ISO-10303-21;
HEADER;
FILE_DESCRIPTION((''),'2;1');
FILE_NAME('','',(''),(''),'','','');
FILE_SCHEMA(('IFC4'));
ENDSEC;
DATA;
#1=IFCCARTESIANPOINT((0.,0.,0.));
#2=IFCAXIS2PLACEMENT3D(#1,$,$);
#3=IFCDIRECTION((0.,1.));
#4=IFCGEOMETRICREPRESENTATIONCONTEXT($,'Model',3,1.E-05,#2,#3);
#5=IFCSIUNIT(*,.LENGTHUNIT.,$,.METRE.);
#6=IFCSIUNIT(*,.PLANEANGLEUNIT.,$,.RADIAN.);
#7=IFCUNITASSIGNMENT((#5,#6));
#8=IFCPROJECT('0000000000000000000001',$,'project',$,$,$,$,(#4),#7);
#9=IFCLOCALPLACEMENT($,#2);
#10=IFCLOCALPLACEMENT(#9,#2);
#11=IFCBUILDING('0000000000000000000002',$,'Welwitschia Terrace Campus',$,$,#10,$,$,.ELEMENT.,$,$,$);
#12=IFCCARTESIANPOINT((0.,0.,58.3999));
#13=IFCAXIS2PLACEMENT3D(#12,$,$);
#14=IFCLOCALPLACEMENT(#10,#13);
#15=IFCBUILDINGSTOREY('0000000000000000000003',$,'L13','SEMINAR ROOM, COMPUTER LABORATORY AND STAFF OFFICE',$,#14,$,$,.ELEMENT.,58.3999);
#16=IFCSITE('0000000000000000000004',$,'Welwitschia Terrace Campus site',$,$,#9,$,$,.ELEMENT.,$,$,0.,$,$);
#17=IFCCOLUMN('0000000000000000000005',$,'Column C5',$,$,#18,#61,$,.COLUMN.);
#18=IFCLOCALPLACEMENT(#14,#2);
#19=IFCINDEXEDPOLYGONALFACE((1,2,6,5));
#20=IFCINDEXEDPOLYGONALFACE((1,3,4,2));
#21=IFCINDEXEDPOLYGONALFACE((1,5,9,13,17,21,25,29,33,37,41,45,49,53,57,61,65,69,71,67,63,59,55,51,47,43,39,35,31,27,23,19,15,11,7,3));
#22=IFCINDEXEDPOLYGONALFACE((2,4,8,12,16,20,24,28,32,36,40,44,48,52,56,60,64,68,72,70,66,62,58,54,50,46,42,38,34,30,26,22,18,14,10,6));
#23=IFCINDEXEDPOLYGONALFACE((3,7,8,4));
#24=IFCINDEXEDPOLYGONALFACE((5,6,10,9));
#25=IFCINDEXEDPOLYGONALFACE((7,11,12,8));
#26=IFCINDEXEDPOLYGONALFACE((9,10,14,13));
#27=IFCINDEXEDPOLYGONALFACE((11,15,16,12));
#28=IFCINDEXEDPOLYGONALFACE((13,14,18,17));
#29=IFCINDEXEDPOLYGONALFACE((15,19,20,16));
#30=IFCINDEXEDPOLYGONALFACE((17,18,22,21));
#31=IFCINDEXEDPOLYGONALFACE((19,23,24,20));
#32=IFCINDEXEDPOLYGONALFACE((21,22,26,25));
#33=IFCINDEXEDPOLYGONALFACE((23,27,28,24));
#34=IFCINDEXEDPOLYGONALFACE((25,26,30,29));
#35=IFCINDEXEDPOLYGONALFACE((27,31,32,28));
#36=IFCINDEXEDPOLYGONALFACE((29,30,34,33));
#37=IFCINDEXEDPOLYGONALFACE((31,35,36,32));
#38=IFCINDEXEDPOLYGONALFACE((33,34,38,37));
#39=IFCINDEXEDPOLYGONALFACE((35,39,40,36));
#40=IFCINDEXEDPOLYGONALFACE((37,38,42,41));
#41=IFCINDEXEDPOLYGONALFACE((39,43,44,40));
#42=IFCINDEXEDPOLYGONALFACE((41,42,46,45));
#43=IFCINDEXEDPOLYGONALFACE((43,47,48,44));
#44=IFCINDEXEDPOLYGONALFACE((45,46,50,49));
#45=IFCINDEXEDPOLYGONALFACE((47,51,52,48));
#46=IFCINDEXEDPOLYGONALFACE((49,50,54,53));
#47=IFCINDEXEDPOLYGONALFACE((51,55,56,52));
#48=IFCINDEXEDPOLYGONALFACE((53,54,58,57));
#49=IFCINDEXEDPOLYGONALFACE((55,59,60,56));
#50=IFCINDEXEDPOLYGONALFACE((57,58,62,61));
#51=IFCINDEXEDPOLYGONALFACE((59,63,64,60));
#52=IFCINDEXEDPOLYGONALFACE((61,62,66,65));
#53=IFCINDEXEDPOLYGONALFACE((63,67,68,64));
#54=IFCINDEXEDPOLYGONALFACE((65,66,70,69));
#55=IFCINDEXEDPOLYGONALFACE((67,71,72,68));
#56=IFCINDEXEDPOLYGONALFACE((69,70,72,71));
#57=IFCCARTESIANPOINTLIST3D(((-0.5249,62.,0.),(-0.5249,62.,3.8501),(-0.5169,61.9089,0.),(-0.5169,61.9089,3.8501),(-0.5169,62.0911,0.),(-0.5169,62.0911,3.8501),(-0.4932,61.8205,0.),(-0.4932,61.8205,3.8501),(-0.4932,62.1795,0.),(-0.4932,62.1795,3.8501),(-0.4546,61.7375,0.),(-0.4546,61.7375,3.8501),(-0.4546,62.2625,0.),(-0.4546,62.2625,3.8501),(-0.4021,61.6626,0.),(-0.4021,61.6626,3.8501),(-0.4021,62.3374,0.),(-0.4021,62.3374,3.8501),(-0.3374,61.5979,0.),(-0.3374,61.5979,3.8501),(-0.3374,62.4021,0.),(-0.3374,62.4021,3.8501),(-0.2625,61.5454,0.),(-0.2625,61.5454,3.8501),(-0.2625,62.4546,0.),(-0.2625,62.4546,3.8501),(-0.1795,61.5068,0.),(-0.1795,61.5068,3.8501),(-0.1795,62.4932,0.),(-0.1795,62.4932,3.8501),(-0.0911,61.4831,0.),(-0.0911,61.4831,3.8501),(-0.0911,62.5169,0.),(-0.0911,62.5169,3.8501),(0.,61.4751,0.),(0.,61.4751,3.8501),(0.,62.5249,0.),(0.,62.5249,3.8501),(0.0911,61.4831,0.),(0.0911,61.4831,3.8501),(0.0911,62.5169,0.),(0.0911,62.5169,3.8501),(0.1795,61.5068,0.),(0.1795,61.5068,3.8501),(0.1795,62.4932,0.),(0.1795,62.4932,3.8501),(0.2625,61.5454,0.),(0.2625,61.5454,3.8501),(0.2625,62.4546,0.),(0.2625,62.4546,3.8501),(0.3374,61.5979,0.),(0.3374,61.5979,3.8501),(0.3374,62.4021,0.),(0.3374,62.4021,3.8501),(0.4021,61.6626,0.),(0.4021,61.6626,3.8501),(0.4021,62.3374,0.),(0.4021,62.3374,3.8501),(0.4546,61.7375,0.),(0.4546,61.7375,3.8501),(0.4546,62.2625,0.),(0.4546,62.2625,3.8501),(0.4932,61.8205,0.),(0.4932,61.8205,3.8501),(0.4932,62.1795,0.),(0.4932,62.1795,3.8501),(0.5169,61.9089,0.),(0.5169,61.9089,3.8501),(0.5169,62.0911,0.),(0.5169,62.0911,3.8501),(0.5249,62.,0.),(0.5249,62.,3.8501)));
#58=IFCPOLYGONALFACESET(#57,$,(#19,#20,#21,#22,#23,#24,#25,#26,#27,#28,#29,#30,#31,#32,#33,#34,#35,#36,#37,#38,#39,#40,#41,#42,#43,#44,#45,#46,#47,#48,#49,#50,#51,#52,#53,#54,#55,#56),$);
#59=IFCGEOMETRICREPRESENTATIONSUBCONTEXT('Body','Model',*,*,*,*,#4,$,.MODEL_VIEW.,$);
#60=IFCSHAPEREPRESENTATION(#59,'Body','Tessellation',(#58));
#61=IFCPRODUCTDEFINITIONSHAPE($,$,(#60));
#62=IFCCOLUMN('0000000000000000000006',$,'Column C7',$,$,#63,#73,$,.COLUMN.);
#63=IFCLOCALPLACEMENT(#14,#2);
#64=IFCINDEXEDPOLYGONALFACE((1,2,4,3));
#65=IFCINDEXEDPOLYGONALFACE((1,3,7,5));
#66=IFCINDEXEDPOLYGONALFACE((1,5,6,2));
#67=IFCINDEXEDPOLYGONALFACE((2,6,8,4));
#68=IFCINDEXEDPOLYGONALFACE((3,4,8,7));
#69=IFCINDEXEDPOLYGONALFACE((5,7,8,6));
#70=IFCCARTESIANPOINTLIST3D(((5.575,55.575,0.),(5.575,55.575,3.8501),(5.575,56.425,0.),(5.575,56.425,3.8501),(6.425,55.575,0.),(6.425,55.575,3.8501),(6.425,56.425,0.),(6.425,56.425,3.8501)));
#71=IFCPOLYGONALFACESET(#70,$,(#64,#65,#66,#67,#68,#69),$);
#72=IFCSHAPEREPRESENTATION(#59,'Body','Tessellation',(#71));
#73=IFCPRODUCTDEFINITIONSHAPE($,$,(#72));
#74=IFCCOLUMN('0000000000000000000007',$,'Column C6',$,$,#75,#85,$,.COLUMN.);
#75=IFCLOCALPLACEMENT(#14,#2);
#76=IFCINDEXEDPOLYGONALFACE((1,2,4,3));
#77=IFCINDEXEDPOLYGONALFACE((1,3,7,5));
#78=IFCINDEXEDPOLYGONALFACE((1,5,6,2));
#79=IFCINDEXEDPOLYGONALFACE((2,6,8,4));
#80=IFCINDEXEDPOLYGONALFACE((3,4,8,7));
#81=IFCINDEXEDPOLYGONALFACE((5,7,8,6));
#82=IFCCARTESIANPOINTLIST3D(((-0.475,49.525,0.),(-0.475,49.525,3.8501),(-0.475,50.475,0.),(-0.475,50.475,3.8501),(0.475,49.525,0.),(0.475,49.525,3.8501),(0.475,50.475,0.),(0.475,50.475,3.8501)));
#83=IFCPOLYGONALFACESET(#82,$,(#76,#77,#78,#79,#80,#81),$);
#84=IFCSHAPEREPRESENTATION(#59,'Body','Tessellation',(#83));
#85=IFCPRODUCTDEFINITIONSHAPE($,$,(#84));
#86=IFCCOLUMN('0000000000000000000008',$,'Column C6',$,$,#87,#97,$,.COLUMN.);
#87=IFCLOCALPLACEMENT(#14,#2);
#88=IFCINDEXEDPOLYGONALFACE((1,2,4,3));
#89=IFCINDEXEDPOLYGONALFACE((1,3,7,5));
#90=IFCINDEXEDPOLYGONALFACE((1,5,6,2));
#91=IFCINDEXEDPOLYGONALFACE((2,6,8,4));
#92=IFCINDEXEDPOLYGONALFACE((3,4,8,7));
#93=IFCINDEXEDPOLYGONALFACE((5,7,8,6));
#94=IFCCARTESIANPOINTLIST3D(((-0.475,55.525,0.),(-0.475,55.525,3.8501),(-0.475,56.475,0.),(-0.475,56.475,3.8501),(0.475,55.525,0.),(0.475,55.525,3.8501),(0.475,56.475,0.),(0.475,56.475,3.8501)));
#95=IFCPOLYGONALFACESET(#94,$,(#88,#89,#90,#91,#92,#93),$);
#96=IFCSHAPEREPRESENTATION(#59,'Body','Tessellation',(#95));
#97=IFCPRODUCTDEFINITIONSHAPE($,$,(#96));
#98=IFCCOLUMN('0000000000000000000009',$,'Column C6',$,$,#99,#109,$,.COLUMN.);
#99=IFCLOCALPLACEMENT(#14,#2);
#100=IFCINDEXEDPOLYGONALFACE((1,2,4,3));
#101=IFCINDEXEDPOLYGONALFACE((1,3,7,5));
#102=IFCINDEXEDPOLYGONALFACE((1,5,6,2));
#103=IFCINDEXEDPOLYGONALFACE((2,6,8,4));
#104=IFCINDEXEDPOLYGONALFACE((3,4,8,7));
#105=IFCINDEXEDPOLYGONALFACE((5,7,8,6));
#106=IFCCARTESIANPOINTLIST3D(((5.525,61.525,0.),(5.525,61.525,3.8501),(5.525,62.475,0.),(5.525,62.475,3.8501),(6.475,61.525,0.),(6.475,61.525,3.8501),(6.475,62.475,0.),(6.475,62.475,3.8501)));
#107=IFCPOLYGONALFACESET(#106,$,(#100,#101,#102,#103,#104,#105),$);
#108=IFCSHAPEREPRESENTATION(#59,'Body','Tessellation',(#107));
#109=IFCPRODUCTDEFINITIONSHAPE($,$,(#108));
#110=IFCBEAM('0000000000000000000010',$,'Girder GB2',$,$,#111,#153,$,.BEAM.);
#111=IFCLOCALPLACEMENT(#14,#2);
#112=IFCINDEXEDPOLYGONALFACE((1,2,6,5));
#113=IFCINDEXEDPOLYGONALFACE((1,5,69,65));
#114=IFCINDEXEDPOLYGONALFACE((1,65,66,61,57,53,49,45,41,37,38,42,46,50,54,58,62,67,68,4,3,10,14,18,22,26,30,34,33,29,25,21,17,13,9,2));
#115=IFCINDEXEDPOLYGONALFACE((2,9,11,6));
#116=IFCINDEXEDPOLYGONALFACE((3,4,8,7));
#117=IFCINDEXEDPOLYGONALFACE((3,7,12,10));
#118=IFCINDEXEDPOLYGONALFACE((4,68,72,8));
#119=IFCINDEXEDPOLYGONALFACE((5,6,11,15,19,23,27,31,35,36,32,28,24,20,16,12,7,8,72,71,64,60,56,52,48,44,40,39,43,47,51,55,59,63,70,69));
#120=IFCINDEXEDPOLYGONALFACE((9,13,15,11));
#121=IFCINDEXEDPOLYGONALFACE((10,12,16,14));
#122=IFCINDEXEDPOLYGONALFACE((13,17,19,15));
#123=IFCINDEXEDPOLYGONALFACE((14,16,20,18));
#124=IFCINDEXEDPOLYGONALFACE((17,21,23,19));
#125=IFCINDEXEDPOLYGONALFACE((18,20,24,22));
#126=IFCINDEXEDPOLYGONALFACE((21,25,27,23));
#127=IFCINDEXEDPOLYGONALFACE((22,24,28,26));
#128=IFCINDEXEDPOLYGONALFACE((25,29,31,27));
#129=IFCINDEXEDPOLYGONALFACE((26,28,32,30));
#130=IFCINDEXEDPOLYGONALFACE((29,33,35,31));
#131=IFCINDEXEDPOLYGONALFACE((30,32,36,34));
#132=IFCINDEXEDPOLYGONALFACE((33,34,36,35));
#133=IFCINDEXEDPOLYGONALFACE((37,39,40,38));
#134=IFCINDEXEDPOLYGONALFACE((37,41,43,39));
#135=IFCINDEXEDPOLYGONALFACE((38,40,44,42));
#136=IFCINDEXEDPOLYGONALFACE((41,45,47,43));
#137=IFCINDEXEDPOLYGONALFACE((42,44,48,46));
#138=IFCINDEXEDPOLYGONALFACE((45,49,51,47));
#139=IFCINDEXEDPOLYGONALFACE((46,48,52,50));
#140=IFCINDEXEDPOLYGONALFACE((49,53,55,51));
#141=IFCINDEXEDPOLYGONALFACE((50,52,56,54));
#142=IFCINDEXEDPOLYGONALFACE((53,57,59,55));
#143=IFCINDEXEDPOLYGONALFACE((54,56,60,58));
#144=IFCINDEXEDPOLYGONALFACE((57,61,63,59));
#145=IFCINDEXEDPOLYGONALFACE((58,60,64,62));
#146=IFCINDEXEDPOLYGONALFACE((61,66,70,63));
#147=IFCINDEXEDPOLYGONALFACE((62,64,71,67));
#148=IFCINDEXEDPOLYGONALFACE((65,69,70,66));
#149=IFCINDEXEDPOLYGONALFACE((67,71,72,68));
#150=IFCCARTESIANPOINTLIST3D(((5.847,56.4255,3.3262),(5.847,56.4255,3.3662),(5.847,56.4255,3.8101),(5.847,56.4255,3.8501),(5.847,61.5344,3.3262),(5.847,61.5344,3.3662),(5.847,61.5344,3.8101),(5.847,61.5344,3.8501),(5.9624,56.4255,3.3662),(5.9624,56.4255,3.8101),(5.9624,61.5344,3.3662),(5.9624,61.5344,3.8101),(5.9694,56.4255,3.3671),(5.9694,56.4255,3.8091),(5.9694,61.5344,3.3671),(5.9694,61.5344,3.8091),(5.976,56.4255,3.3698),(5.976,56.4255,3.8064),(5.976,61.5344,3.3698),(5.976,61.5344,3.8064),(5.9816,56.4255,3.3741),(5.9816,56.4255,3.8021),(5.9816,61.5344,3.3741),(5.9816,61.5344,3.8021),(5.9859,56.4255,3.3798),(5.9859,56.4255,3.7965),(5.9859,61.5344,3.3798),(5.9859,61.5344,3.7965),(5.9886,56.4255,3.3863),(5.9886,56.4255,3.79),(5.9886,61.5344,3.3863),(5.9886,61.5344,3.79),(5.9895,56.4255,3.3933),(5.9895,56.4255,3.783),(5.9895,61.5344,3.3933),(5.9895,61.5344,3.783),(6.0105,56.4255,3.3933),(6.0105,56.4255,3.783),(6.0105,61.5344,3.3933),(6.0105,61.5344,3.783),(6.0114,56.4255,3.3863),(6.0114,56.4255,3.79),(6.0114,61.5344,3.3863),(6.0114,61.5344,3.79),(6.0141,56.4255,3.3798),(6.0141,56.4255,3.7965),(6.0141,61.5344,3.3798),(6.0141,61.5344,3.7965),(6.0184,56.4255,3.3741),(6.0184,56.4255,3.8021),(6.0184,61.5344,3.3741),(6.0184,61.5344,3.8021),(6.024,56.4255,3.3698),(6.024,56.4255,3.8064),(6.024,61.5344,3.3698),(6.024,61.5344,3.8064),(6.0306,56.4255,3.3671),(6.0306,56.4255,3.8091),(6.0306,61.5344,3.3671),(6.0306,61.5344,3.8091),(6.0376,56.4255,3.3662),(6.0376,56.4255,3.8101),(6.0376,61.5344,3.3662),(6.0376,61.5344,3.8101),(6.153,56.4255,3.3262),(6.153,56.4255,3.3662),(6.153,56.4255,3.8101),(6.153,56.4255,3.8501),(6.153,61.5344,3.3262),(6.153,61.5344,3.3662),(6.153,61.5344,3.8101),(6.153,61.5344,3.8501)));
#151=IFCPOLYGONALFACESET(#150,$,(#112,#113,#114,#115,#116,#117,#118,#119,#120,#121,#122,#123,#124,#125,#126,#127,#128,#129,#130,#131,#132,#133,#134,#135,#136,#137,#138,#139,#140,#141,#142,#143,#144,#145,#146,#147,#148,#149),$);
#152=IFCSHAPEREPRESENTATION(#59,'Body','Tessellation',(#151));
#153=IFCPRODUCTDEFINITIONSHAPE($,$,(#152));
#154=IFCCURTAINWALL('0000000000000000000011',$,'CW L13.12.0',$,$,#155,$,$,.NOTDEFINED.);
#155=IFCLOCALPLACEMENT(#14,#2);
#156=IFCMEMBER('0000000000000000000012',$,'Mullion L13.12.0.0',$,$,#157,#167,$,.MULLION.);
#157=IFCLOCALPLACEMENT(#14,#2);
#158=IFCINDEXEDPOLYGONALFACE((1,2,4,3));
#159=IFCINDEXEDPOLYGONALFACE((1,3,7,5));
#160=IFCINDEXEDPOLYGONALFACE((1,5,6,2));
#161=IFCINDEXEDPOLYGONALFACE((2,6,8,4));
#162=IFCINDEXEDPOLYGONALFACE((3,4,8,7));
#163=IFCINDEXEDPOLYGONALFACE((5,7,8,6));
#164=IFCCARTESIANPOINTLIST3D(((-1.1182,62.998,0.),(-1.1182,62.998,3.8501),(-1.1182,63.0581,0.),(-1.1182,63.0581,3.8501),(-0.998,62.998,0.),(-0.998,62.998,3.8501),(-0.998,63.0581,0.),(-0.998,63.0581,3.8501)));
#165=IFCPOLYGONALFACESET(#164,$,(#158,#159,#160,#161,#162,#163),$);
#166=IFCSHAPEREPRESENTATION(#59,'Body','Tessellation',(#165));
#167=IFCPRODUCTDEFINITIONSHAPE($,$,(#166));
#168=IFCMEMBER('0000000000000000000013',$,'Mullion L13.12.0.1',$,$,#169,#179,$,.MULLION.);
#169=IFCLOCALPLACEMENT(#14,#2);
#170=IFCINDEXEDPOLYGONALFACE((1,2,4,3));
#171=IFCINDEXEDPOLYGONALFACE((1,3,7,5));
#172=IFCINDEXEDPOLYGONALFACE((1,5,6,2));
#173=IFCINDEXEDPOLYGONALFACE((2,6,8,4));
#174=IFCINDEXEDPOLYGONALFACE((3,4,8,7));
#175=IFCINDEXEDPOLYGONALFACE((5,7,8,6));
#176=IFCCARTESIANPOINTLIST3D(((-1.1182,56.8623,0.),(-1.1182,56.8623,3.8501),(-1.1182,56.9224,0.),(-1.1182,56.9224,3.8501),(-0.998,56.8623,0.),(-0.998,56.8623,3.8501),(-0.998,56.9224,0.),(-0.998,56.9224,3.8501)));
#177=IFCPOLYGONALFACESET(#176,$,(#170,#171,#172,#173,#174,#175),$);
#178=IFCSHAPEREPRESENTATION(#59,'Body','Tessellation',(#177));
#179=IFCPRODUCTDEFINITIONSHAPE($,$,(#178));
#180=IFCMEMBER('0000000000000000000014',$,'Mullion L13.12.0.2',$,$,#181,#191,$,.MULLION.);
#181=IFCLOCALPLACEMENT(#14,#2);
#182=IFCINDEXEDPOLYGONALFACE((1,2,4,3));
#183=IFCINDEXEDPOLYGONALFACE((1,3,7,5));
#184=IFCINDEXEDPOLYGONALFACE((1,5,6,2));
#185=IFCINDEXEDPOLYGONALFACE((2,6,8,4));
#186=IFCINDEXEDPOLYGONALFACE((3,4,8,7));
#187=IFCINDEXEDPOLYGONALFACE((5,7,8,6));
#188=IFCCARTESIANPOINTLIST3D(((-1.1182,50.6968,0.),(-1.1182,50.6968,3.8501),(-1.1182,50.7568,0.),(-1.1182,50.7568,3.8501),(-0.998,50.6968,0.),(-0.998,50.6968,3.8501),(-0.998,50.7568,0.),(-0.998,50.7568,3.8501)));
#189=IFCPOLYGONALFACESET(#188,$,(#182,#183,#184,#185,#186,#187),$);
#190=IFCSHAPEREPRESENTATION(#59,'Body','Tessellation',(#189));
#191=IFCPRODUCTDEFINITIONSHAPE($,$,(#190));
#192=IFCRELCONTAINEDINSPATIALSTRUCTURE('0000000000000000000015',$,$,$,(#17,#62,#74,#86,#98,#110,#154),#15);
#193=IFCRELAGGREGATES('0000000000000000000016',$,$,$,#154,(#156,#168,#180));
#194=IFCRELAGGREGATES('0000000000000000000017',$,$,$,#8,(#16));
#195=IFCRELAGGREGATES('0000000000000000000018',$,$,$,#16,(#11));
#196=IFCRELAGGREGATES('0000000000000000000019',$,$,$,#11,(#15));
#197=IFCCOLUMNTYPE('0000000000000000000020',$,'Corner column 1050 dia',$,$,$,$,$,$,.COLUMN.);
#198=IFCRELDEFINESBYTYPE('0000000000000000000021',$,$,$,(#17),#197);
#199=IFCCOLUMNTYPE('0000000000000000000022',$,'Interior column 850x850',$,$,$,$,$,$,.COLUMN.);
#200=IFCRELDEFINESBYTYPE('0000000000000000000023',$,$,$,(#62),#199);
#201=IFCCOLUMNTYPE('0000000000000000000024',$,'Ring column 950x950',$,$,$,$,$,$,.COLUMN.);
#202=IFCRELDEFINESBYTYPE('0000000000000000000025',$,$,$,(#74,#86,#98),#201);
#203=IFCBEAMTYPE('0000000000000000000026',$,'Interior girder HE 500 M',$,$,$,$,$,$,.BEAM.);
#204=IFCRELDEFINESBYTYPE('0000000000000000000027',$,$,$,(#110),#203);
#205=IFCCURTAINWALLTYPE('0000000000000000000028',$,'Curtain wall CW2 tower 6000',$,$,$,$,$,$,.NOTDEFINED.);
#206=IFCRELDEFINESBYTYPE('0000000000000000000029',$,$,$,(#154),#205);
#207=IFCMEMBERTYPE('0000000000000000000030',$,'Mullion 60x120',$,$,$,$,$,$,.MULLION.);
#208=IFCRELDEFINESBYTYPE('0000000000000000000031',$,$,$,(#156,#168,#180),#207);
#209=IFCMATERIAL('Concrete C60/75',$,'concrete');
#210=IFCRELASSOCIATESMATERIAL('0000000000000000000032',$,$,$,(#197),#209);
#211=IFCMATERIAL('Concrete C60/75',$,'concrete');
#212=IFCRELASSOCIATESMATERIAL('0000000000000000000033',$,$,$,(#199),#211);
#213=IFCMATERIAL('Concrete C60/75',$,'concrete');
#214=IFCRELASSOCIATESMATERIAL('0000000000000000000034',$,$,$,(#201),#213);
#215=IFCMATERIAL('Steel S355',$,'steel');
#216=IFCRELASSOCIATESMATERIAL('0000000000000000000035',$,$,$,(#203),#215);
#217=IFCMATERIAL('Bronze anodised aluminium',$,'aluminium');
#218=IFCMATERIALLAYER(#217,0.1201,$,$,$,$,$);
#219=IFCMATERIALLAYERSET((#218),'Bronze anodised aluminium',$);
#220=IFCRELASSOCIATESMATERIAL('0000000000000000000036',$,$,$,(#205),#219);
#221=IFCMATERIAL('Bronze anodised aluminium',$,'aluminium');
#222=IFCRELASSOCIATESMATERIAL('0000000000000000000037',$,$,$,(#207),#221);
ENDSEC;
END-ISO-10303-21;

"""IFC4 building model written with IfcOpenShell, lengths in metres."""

from ifc_helpers import new_model, si_unit, direction, frame, origin, origin_2d, place, context, subcontext, project, spatial, rectangle, circle, i_section, extrude, material, layer, layer_set, material_profile, profile_set, type_object, element, aggregate, save


model = new_model("IFC4")

# Units and contexts
model_context = context("Model", 3, precision=1e-05, world=origin(), true_north=direction((0.0, 1.0)))
body_context = subcontext(model_context, "Body", "Model", "MODEL_VIEW")
ifc_project = project(units=[si_unit("LENGTHUNIT", "METRE"), si_unit("PLANEANGLEUNIT", "RADIAN")], contexts=[model_context])

# Site, building, storey
site_placement = place(None, origin())
site = spatial("IfcSite", under=ifc_project, at=site_placement, Name="Welwitschia Terrace Campus site", CompositionType="ELEMENT", RefElevation=0.0)
building_placement = place(site_placement, origin())
building = spatial("IfcBuilding", under=site, at=building_placement, Name="Welwitschia Terrace Campus", CompositionType="ELEMENT")
storey_placement = place(building_placement, frame((0.0, 0.0, 58.3999)))
storey = spatial("IfcBuildingStorey", under=building, at=storey_placement, Name="L13", Description="SEMINAR ROOM, COMPUTER LABORATORY AND STAFF OFFICE", CompositionType="ELEMENT", Elevation=58.3999)

# Columns
ifc_material_1 = material(Name="Concrete C60/75", Category="concrete")
ifc_material_profile_1 = material_profile(ifc_material_1, circle(Radius=0.5249, at=origin_2d()))
ifc_profile_set_1 = profile_set([ifc_material_profile_1], Name="Concrete C60/75")
column_type_1 = type_object("IfcColumnType", Name="Corner column 1050 dia", PredefinedType="COLUMN", material=ifc_profile_set_1)
column_1_placement = place(storey_placement, frame((0.0, 62.0, 0.0), z_axis=(0.0, 0.0, 1.0), x_axis=(1.0, 0.0, 0.0)))
element("IfcColumn", 1, at=column_1_placement, inside=storey, type_object=column_type_1, Name="Column C5", PredefinedType="COLUMN", context=body_context, shape_type="SweptSolid", body=[
    extrude(circle(Radius=0.5249, at=origin_2d()), origin(), (0.0, 0.0, 1.0), 3.8501),
])
ifc_material_2 = material(Name="Concrete C60/75", Category="concrete")
ifc_material_profile_2 = material_profile(ifc_material_2, rectangle(XDim=0.8501, YDim=0.8501, at=origin_2d()))
ifc_profile_set_2 = profile_set([ifc_material_profile_2], Name="Concrete C60/75")
column_type_2 = type_object("IfcColumnType", Name="Interior column 850x850", PredefinedType="COLUMN", material=ifc_profile_set_2)
column_2_placement = place(storey_placement, frame((6.0, 56.0, 0.0), z_axis=(0.0, 0.0, 1.0), x_axis=(1.0, 0.0, 0.0)))
element("IfcColumn", 2, at=column_2_placement, inside=storey, type_object=column_type_2, Name="Column C7", PredefinedType="COLUMN", context=body_context, shape_type="SweptSolid", body=[
    extrude(rectangle(XDim=0.8501, YDim=0.8501, at=origin_2d()), origin(), (0.0, 0.0, 1.0), 3.8501),
])
ifc_material_3 = material(Name="Concrete C60/75", Category="concrete")
ifc_material_profile_3 = material_profile(ifc_material_3, rectangle(XDim=0.95, YDim=0.95, at=origin_2d()))
ifc_profile_set_3 = profile_set([ifc_material_profile_3], Name="Concrete C60/75")
column_type_3 = type_object("IfcColumnType", Name="Ring column 950x950", PredefinedType="COLUMN", material=ifc_profile_set_3)
for number, where, z_axis, x_axis, name in (
    (3, (0.0, 50.0, 0.0), (0.0, 0.0, 1.0), (1.0, 0.0, 0.0), "Column C6"),
    (4, (0.0, 56.0, 0.0), (0.0, 0.0, 1.0), (1.0, 0.0, 0.0), "Column C6"),
    (5, (6.0, 62.0, 0.0), (0.0, 0.0, 1.0), (1.0, 0.0, 0.0), "Column C6"),
):
    element("IfcColumn", number, at=place(storey_placement, frame(where, z_axis=z_axis, x_axis=x_axis)), inside=storey, type_object=column_type_3, Name=name, PredefinedType="COLUMN", context=body_context, shape_type="SweptSolid", body=[
        extrude(rectangle(XDim=0.95, YDim=0.95, at=origin_2d()), origin(), (0.0, 0.0, 1.0), 3.8501),
    ])

# Beam
ifc_material_4 = material(Name="Steel S355", Category="steel")
ifc_material_profile_4 = material_profile(ifc_material_4, i_section(OverallWidth=0.3059, OverallDepth=0.5239, WebThickness=0.021, FlangeThickness=0.04, FilletRadius=0.0271, at=origin_2d()))
ifc_profile_set_4 = profile_set([ifc_material_profile_4], Name="Steel S355")
beam_type_1 = type_object("IfcBeamType", Name="Interior girder HE 500 M", PredefinedType="BEAM", material=ifc_profile_set_4)
beam_1_placement = place(storey_placement, frame((6.0, 56.4255, 3.5881), z_axis=(0.0, 1.0, 0.0), x_axis=(-1.0, 0.0, 0.0)))
element("IfcBeam", 6, at=beam_1_placement, inside=storey, type_object=beam_type_1, Name="Girder GB2", PredefinedType="BEAM", context=body_context, shape_type="SweptSolid", body=[
    extrude(i_section(OverallWidth=0.3059, OverallDepth=0.5239, WebThickness=0.021, FlangeThickness=0.04, FilletRadius=0.0271, at=origin_2d()), origin(), (0.0, 0.0, 1.0), 5.1089),
])

# Curtain wall, members
ifc_material_5 = material(Name="Bronze anodised aluminium", Category="aluminium")
ifc_layer_1 = layer(ifc_material_5, 0.1201)
ifc_layer_set_1 = layer_set([ifc_layer_1], Name="Bronze anodised aluminium")
curtain_wall_type = type_object("IfcCurtainWallType", Name="Curtain wall CW2 tower 6000", PredefinedType="NOTDEFINED", material=ifc_layer_set_1)
curtain_wall_placement = place(storey_placement, origin())
curtain_wall = element("IfcCurtainWall", 7, at=curtain_wall_placement, inside=storey, type_object=curtain_wall_type, Name="CW L13.12.0", PredefinedType="NOTDEFINED")
ifc_material_6 = material(Name="Bronze anodised aluminium", Category="aluminium")
ifc_material_profile_5 = material_profile(ifc_material_6, rectangle(XDim=0.1201, YDim=0.0601, at=origin_2d()))
ifc_profile_set_5 = profile_set([ifc_material_profile_5], Name="Bronze anodised aluminium")
member_type_1 = type_object("IfcMemberType", Name="Mullion 60x120", PredefinedType="MULLION", material=ifc_profile_set_5)
member_1_placement = place(storey_placement, frame((-1.0581, 63.0281, 0.0), z_axis=(0.0, 0.0, 1.0), x_axis=(1.0, 0.0, 0.0)))
member_1 = element("IfcMember", 8, at=member_1_placement, type_object=member_type_1, Name="Mullion L13.12.0.0", PredefinedType="MULLION", context=body_context, shape_type="SweptSolid", body=[
    extrude(rectangle(XDim=0.1201, YDim=0.0601, at=origin_2d()), origin(), (0.0, 0.0, 1.0), 3.8501),
])
member_2_placement = place(storey_placement, frame((-1.0581, 56.8923, 0.0), z_axis=(0.0, 0.0, 1.0), x_axis=(1.0, 0.0, 0.0)))
member_2 = element("IfcMember", 9, at=member_2_placement, type_object=member_type_1, Name="Mullion L13.12.0.1", PredefinedType="MULLION", context=body_context, shape_type="SweptSolid", body=[
    extrude(rectangle(XDim=0.1201, YDim=0.0601, at=origin_2d()), origin(), (0.0, 0.0, 1.0), 3.8501),
])
member_3_placement = place(storey_placement, frame((-1.0581, 50.7268, 0.0), z_axis=(0.0, 0.0, 1.0), x_axis=(1.0, 0.0, 0.0)))
member_3 = element("IfcMember", 10, at=member_3_placement, type_object=member_type_1, Name="Mullion L13.12.0.2", PredefinedType="MULLION", context=body_context, shape_type="SweptSolid", body=[
    extrude(rectangle(XDim=0.1201, YDim=0.0601, at=origin_2d()), origin(), (0.0, 0.0, 1.0), 3.8501),
])

aggregate(curtain_wall, [member_1, member_2, member_3])

save(model, "model.ifc")
